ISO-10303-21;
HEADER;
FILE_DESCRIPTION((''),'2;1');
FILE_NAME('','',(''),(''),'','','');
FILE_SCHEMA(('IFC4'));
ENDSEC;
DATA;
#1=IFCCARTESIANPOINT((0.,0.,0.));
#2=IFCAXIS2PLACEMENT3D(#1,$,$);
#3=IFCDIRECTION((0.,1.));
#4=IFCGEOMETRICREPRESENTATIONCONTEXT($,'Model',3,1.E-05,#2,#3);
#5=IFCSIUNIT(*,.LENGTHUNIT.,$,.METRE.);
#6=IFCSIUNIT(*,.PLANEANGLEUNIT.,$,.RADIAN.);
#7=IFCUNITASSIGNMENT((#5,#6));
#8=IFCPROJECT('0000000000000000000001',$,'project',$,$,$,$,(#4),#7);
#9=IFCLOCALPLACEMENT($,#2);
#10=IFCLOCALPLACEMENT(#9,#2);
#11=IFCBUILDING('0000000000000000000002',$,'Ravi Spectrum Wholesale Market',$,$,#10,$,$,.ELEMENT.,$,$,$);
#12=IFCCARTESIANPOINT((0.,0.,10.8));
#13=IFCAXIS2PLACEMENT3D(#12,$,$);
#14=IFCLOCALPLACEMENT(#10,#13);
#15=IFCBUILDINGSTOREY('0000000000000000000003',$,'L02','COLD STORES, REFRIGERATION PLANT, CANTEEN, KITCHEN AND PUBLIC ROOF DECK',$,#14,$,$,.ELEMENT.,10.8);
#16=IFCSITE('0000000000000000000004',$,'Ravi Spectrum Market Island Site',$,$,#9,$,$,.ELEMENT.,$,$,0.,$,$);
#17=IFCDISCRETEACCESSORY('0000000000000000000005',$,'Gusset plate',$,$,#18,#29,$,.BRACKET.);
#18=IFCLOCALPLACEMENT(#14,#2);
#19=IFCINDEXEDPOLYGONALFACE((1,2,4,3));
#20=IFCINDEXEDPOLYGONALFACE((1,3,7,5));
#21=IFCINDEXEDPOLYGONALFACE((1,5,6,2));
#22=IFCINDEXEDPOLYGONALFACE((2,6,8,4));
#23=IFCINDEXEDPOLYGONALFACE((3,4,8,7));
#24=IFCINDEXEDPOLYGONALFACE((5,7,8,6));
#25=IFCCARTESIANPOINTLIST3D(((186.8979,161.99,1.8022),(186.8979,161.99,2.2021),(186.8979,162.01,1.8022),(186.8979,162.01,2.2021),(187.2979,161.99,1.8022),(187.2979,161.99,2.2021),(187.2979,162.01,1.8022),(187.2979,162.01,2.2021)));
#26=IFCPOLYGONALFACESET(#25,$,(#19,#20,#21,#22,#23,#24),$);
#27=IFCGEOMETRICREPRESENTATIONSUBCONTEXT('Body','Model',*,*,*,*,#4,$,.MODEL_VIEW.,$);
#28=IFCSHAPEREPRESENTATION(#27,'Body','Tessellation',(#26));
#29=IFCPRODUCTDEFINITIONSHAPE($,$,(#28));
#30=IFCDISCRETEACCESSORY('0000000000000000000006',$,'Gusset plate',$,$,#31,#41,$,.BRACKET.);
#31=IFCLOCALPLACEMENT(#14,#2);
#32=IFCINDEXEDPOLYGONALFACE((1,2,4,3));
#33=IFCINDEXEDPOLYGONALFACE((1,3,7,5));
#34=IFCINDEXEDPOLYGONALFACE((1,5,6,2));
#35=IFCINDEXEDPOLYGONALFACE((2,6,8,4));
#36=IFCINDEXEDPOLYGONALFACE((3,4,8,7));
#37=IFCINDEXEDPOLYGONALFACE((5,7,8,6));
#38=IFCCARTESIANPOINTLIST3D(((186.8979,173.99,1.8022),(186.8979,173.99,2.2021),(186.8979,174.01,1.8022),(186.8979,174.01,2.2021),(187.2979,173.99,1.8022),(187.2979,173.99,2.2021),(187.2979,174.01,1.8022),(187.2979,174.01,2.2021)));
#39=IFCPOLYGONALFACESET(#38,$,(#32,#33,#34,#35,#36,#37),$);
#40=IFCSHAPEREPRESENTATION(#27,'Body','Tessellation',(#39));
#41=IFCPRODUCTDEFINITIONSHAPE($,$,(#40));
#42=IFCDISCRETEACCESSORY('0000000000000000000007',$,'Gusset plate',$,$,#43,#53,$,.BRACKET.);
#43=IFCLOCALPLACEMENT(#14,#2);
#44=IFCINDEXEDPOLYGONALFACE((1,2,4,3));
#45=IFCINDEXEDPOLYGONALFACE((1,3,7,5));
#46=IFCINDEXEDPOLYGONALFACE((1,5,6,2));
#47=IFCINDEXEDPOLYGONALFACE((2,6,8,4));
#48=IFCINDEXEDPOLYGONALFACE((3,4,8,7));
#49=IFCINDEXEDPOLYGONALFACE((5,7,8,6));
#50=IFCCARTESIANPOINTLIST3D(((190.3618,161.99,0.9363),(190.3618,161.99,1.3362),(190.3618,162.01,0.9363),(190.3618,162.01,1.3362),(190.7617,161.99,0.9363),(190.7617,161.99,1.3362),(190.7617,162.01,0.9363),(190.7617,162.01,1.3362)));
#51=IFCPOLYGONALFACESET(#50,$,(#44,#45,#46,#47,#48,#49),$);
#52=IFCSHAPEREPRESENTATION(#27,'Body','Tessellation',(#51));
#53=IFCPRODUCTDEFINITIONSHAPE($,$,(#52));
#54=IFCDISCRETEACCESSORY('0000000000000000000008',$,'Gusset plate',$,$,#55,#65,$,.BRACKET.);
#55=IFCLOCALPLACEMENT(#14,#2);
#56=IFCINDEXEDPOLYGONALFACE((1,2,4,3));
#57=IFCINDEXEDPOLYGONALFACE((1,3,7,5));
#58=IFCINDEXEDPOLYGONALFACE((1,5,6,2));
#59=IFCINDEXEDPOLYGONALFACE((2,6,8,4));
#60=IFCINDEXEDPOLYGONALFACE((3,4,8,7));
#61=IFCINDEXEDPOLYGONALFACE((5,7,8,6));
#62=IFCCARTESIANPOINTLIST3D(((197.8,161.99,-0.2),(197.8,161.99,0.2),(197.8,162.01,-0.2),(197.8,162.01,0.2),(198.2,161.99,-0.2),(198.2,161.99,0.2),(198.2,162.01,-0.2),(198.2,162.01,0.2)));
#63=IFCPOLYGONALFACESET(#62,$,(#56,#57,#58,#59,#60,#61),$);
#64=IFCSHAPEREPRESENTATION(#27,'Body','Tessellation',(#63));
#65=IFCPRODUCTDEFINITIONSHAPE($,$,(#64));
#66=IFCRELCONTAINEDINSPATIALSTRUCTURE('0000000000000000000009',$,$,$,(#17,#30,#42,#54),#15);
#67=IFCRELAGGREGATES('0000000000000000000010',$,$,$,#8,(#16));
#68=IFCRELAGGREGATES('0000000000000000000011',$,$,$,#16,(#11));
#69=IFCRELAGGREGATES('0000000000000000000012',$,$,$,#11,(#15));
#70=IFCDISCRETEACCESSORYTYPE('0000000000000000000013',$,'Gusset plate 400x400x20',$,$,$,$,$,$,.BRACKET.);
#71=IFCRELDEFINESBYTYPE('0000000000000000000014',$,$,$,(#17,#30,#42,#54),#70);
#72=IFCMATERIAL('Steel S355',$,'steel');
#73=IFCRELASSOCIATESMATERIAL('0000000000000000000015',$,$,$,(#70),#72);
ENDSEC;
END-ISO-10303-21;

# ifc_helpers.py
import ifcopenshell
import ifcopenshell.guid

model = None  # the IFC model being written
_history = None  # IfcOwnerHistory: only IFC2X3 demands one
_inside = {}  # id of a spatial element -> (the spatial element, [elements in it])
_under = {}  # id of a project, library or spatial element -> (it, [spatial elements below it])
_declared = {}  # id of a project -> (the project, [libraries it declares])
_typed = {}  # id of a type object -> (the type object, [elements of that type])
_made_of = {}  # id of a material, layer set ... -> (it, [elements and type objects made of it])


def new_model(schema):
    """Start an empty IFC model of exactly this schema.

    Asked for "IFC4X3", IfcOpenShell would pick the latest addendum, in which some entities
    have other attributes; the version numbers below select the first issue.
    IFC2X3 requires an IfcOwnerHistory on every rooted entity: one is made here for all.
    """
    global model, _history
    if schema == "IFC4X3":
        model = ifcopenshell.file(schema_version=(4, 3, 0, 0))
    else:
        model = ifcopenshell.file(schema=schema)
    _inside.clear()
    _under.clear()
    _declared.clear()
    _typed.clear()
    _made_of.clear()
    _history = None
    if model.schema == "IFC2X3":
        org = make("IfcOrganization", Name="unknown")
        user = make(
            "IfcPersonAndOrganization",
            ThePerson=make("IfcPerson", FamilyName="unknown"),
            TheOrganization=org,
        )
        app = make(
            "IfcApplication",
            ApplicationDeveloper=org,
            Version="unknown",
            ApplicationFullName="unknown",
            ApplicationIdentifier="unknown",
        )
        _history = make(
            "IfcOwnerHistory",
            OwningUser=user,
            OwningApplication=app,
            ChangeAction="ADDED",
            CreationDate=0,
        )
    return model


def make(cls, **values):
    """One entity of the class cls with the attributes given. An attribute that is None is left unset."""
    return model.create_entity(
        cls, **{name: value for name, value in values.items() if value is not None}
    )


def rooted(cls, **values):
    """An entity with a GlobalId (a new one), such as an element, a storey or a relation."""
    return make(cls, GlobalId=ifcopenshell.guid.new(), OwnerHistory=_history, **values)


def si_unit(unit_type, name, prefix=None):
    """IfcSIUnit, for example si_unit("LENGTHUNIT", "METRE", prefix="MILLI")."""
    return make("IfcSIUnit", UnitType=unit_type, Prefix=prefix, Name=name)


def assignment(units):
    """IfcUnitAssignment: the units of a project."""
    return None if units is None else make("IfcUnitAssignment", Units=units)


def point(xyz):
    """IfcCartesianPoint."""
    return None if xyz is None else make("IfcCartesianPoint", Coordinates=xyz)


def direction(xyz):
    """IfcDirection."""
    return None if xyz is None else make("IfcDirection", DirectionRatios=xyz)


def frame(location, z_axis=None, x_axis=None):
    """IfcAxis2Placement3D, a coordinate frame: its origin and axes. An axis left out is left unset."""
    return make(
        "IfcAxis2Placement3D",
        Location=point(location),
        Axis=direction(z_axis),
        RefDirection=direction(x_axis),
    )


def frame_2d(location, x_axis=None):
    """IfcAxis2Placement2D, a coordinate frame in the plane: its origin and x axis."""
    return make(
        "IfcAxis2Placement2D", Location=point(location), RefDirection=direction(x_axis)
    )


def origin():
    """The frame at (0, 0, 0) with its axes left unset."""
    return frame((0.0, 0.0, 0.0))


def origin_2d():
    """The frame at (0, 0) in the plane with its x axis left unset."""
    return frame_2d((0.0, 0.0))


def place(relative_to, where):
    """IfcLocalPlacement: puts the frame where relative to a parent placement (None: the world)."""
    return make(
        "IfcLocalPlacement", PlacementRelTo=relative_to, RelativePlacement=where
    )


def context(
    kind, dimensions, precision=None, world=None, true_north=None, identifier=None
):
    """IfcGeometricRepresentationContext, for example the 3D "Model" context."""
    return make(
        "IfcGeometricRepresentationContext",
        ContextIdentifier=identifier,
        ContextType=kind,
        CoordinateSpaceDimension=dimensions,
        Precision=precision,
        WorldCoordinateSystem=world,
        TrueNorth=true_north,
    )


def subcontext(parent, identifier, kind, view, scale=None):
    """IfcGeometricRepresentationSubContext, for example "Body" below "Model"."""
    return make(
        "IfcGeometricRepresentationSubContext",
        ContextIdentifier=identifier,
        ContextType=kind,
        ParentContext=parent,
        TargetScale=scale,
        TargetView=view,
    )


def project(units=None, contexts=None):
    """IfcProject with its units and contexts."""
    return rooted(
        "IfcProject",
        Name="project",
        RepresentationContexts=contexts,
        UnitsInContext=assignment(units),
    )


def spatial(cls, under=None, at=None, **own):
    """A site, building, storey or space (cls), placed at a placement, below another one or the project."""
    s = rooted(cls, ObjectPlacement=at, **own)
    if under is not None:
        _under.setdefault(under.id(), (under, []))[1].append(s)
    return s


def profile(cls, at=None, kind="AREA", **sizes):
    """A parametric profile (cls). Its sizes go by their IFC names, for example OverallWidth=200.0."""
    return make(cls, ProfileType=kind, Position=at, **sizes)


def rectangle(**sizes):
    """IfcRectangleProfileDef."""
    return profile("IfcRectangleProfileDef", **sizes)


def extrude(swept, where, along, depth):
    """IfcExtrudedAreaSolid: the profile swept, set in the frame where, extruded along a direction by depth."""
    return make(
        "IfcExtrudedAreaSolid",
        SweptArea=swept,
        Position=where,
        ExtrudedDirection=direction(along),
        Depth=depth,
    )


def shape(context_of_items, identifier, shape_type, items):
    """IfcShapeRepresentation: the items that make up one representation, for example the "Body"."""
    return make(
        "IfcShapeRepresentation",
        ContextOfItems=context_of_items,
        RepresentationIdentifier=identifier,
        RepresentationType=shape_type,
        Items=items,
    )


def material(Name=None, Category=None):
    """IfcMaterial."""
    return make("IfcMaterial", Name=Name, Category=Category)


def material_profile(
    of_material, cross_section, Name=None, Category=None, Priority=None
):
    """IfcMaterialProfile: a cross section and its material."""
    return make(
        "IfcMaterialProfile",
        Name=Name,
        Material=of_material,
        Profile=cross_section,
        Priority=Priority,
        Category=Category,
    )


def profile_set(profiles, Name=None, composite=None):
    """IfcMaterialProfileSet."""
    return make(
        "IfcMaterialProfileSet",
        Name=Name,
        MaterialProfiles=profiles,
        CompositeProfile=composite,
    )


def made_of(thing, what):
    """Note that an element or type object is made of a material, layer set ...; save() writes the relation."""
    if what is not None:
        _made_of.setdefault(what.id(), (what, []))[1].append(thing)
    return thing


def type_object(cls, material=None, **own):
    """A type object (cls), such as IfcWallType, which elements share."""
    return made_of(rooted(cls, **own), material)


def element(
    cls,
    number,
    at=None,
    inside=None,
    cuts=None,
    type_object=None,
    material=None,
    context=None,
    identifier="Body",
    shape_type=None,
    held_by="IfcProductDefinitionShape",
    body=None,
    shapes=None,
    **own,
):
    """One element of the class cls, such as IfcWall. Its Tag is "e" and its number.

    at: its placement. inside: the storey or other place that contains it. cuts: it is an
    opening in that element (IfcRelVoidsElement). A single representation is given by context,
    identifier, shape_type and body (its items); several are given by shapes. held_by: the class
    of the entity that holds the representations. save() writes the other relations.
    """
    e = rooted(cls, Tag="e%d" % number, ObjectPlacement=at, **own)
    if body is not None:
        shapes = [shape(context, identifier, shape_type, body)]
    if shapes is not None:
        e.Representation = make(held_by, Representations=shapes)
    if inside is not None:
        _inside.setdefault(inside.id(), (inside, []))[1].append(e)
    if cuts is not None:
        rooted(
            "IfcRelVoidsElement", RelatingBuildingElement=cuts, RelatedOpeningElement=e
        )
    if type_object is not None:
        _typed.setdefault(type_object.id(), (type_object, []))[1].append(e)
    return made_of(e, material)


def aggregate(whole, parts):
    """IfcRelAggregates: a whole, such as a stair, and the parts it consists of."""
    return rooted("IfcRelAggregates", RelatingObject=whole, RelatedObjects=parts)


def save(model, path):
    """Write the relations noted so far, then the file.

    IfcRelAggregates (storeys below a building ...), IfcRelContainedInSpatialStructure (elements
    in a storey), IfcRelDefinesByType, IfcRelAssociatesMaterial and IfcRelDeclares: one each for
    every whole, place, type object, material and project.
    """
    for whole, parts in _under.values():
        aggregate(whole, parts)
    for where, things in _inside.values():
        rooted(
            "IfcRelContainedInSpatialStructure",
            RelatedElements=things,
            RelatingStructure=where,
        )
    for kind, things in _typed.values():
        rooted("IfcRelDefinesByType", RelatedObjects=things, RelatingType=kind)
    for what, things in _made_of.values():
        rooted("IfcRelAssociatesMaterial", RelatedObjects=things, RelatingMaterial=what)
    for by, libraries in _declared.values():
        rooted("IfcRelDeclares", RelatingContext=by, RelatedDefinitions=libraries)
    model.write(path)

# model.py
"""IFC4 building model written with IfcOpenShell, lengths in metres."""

from ifc_helpers import new_model, si_unit, direction, frame, origin, origin_2d, place, context, subcontext, project, spatial, rectangle, extrude, material, material_profile, profile_set, type_object, element, save


model = new_model("IFC4")

# Units and contexts
model_context = context("Model", 3, precision=1e-05, world=origin(), true_north=direction((0.0, 1.0)))
body_context = subcontext(model_context, "Body", "Model", "MODEL_VIEW")
ifc_project = project(units=[si_unit("LENGTHUNIT", "METRE"), si_unit("PLANEANGLEUNIT", "RADIAN")], contexts=[model_context])

# Site, building, storey
site_placement = place(None, origin())
site = spatial("IfcSite", under=ifc_project, at=site_placement, Name="Ravi Spectrum Market Island Site", CompositionType="ELEMENT", RefElevation=0.0)
building_placement = place(site_placement, origin())
building = spatial("IfcBuilding", under=site, at=building_placement, Name="Ravi Spectrum Wholesale Market", CompositionType="ELEMENT")
storey_placement = place(building_placement, frame((0.0, 0.0, 10.8)))
storey = spatial("IfcBuildingStorey", under=building, at=storey_placement, Name="L02", Description="COLD STORES, REFRIGERATION PLANT, CANTEEN, KITCHEN AND PUBLIC ROOF DECK", CompositionType="ELEMENT", Elevation=10.8)

# Discrete accessories
ifc_material_1 = material(Name="Steel S355", Category="steel")
ifc_material_profile_1 = material_profile(ifc_material_1, rectangle(XDim=0.3999, YDim=0.02, at=origin_2d()))
ifc_profile_set_1 = profile_set([ifc_material_profile_1], Name="Steel S355")
discrete_accessory_type_1 = type_object("IfcDiscreteAccessoryType", Name="Gusset plate 400x400x20", PredefinedType="BRACKET", material=ifc_profile_set_1)
for number, where, z_axis, x_axis, name in (
    (1, (187.0979, 162.0, 1.8022), (0.0, 0.0, 1.0), (-1.0, 0.0, 0.0), "Gusset plate"),
    (2, (187.0979, 174.0, 1.8022), (0.0, 0.0, 1.0), (-1.0, 0.0, 0.0), "Gusset plate"),
    (3, (190.5618, 162.0, 0.9363), (0.0, 0.0, 1.0), (-1.0, 0.0, 0.0), "Gusset plate"),
    (4, (198.0, 162.0, -0.2), (0.0, 0.0, 1.0), (1.0, 0.0, 0.0), "Gusset plate"),
):
    element("IfcDiscreteAccessory", number, at=place(storey_placement, frame(where, z_axis=z_axis, x_axis=x_axis)), inside=storey, type_object=discrete_accessory_type_1, Name=name, PredefinedType="BRACKET", context=body_context, shape_type="SweptSolid", body=[
        extrude(rectangle(XDim=0.3999, YDim=0.02, at=origin_2d()), origin(), (0.0, 0.0, 1.0), 0.3999),
    ])

save(model, "model.ifc")
